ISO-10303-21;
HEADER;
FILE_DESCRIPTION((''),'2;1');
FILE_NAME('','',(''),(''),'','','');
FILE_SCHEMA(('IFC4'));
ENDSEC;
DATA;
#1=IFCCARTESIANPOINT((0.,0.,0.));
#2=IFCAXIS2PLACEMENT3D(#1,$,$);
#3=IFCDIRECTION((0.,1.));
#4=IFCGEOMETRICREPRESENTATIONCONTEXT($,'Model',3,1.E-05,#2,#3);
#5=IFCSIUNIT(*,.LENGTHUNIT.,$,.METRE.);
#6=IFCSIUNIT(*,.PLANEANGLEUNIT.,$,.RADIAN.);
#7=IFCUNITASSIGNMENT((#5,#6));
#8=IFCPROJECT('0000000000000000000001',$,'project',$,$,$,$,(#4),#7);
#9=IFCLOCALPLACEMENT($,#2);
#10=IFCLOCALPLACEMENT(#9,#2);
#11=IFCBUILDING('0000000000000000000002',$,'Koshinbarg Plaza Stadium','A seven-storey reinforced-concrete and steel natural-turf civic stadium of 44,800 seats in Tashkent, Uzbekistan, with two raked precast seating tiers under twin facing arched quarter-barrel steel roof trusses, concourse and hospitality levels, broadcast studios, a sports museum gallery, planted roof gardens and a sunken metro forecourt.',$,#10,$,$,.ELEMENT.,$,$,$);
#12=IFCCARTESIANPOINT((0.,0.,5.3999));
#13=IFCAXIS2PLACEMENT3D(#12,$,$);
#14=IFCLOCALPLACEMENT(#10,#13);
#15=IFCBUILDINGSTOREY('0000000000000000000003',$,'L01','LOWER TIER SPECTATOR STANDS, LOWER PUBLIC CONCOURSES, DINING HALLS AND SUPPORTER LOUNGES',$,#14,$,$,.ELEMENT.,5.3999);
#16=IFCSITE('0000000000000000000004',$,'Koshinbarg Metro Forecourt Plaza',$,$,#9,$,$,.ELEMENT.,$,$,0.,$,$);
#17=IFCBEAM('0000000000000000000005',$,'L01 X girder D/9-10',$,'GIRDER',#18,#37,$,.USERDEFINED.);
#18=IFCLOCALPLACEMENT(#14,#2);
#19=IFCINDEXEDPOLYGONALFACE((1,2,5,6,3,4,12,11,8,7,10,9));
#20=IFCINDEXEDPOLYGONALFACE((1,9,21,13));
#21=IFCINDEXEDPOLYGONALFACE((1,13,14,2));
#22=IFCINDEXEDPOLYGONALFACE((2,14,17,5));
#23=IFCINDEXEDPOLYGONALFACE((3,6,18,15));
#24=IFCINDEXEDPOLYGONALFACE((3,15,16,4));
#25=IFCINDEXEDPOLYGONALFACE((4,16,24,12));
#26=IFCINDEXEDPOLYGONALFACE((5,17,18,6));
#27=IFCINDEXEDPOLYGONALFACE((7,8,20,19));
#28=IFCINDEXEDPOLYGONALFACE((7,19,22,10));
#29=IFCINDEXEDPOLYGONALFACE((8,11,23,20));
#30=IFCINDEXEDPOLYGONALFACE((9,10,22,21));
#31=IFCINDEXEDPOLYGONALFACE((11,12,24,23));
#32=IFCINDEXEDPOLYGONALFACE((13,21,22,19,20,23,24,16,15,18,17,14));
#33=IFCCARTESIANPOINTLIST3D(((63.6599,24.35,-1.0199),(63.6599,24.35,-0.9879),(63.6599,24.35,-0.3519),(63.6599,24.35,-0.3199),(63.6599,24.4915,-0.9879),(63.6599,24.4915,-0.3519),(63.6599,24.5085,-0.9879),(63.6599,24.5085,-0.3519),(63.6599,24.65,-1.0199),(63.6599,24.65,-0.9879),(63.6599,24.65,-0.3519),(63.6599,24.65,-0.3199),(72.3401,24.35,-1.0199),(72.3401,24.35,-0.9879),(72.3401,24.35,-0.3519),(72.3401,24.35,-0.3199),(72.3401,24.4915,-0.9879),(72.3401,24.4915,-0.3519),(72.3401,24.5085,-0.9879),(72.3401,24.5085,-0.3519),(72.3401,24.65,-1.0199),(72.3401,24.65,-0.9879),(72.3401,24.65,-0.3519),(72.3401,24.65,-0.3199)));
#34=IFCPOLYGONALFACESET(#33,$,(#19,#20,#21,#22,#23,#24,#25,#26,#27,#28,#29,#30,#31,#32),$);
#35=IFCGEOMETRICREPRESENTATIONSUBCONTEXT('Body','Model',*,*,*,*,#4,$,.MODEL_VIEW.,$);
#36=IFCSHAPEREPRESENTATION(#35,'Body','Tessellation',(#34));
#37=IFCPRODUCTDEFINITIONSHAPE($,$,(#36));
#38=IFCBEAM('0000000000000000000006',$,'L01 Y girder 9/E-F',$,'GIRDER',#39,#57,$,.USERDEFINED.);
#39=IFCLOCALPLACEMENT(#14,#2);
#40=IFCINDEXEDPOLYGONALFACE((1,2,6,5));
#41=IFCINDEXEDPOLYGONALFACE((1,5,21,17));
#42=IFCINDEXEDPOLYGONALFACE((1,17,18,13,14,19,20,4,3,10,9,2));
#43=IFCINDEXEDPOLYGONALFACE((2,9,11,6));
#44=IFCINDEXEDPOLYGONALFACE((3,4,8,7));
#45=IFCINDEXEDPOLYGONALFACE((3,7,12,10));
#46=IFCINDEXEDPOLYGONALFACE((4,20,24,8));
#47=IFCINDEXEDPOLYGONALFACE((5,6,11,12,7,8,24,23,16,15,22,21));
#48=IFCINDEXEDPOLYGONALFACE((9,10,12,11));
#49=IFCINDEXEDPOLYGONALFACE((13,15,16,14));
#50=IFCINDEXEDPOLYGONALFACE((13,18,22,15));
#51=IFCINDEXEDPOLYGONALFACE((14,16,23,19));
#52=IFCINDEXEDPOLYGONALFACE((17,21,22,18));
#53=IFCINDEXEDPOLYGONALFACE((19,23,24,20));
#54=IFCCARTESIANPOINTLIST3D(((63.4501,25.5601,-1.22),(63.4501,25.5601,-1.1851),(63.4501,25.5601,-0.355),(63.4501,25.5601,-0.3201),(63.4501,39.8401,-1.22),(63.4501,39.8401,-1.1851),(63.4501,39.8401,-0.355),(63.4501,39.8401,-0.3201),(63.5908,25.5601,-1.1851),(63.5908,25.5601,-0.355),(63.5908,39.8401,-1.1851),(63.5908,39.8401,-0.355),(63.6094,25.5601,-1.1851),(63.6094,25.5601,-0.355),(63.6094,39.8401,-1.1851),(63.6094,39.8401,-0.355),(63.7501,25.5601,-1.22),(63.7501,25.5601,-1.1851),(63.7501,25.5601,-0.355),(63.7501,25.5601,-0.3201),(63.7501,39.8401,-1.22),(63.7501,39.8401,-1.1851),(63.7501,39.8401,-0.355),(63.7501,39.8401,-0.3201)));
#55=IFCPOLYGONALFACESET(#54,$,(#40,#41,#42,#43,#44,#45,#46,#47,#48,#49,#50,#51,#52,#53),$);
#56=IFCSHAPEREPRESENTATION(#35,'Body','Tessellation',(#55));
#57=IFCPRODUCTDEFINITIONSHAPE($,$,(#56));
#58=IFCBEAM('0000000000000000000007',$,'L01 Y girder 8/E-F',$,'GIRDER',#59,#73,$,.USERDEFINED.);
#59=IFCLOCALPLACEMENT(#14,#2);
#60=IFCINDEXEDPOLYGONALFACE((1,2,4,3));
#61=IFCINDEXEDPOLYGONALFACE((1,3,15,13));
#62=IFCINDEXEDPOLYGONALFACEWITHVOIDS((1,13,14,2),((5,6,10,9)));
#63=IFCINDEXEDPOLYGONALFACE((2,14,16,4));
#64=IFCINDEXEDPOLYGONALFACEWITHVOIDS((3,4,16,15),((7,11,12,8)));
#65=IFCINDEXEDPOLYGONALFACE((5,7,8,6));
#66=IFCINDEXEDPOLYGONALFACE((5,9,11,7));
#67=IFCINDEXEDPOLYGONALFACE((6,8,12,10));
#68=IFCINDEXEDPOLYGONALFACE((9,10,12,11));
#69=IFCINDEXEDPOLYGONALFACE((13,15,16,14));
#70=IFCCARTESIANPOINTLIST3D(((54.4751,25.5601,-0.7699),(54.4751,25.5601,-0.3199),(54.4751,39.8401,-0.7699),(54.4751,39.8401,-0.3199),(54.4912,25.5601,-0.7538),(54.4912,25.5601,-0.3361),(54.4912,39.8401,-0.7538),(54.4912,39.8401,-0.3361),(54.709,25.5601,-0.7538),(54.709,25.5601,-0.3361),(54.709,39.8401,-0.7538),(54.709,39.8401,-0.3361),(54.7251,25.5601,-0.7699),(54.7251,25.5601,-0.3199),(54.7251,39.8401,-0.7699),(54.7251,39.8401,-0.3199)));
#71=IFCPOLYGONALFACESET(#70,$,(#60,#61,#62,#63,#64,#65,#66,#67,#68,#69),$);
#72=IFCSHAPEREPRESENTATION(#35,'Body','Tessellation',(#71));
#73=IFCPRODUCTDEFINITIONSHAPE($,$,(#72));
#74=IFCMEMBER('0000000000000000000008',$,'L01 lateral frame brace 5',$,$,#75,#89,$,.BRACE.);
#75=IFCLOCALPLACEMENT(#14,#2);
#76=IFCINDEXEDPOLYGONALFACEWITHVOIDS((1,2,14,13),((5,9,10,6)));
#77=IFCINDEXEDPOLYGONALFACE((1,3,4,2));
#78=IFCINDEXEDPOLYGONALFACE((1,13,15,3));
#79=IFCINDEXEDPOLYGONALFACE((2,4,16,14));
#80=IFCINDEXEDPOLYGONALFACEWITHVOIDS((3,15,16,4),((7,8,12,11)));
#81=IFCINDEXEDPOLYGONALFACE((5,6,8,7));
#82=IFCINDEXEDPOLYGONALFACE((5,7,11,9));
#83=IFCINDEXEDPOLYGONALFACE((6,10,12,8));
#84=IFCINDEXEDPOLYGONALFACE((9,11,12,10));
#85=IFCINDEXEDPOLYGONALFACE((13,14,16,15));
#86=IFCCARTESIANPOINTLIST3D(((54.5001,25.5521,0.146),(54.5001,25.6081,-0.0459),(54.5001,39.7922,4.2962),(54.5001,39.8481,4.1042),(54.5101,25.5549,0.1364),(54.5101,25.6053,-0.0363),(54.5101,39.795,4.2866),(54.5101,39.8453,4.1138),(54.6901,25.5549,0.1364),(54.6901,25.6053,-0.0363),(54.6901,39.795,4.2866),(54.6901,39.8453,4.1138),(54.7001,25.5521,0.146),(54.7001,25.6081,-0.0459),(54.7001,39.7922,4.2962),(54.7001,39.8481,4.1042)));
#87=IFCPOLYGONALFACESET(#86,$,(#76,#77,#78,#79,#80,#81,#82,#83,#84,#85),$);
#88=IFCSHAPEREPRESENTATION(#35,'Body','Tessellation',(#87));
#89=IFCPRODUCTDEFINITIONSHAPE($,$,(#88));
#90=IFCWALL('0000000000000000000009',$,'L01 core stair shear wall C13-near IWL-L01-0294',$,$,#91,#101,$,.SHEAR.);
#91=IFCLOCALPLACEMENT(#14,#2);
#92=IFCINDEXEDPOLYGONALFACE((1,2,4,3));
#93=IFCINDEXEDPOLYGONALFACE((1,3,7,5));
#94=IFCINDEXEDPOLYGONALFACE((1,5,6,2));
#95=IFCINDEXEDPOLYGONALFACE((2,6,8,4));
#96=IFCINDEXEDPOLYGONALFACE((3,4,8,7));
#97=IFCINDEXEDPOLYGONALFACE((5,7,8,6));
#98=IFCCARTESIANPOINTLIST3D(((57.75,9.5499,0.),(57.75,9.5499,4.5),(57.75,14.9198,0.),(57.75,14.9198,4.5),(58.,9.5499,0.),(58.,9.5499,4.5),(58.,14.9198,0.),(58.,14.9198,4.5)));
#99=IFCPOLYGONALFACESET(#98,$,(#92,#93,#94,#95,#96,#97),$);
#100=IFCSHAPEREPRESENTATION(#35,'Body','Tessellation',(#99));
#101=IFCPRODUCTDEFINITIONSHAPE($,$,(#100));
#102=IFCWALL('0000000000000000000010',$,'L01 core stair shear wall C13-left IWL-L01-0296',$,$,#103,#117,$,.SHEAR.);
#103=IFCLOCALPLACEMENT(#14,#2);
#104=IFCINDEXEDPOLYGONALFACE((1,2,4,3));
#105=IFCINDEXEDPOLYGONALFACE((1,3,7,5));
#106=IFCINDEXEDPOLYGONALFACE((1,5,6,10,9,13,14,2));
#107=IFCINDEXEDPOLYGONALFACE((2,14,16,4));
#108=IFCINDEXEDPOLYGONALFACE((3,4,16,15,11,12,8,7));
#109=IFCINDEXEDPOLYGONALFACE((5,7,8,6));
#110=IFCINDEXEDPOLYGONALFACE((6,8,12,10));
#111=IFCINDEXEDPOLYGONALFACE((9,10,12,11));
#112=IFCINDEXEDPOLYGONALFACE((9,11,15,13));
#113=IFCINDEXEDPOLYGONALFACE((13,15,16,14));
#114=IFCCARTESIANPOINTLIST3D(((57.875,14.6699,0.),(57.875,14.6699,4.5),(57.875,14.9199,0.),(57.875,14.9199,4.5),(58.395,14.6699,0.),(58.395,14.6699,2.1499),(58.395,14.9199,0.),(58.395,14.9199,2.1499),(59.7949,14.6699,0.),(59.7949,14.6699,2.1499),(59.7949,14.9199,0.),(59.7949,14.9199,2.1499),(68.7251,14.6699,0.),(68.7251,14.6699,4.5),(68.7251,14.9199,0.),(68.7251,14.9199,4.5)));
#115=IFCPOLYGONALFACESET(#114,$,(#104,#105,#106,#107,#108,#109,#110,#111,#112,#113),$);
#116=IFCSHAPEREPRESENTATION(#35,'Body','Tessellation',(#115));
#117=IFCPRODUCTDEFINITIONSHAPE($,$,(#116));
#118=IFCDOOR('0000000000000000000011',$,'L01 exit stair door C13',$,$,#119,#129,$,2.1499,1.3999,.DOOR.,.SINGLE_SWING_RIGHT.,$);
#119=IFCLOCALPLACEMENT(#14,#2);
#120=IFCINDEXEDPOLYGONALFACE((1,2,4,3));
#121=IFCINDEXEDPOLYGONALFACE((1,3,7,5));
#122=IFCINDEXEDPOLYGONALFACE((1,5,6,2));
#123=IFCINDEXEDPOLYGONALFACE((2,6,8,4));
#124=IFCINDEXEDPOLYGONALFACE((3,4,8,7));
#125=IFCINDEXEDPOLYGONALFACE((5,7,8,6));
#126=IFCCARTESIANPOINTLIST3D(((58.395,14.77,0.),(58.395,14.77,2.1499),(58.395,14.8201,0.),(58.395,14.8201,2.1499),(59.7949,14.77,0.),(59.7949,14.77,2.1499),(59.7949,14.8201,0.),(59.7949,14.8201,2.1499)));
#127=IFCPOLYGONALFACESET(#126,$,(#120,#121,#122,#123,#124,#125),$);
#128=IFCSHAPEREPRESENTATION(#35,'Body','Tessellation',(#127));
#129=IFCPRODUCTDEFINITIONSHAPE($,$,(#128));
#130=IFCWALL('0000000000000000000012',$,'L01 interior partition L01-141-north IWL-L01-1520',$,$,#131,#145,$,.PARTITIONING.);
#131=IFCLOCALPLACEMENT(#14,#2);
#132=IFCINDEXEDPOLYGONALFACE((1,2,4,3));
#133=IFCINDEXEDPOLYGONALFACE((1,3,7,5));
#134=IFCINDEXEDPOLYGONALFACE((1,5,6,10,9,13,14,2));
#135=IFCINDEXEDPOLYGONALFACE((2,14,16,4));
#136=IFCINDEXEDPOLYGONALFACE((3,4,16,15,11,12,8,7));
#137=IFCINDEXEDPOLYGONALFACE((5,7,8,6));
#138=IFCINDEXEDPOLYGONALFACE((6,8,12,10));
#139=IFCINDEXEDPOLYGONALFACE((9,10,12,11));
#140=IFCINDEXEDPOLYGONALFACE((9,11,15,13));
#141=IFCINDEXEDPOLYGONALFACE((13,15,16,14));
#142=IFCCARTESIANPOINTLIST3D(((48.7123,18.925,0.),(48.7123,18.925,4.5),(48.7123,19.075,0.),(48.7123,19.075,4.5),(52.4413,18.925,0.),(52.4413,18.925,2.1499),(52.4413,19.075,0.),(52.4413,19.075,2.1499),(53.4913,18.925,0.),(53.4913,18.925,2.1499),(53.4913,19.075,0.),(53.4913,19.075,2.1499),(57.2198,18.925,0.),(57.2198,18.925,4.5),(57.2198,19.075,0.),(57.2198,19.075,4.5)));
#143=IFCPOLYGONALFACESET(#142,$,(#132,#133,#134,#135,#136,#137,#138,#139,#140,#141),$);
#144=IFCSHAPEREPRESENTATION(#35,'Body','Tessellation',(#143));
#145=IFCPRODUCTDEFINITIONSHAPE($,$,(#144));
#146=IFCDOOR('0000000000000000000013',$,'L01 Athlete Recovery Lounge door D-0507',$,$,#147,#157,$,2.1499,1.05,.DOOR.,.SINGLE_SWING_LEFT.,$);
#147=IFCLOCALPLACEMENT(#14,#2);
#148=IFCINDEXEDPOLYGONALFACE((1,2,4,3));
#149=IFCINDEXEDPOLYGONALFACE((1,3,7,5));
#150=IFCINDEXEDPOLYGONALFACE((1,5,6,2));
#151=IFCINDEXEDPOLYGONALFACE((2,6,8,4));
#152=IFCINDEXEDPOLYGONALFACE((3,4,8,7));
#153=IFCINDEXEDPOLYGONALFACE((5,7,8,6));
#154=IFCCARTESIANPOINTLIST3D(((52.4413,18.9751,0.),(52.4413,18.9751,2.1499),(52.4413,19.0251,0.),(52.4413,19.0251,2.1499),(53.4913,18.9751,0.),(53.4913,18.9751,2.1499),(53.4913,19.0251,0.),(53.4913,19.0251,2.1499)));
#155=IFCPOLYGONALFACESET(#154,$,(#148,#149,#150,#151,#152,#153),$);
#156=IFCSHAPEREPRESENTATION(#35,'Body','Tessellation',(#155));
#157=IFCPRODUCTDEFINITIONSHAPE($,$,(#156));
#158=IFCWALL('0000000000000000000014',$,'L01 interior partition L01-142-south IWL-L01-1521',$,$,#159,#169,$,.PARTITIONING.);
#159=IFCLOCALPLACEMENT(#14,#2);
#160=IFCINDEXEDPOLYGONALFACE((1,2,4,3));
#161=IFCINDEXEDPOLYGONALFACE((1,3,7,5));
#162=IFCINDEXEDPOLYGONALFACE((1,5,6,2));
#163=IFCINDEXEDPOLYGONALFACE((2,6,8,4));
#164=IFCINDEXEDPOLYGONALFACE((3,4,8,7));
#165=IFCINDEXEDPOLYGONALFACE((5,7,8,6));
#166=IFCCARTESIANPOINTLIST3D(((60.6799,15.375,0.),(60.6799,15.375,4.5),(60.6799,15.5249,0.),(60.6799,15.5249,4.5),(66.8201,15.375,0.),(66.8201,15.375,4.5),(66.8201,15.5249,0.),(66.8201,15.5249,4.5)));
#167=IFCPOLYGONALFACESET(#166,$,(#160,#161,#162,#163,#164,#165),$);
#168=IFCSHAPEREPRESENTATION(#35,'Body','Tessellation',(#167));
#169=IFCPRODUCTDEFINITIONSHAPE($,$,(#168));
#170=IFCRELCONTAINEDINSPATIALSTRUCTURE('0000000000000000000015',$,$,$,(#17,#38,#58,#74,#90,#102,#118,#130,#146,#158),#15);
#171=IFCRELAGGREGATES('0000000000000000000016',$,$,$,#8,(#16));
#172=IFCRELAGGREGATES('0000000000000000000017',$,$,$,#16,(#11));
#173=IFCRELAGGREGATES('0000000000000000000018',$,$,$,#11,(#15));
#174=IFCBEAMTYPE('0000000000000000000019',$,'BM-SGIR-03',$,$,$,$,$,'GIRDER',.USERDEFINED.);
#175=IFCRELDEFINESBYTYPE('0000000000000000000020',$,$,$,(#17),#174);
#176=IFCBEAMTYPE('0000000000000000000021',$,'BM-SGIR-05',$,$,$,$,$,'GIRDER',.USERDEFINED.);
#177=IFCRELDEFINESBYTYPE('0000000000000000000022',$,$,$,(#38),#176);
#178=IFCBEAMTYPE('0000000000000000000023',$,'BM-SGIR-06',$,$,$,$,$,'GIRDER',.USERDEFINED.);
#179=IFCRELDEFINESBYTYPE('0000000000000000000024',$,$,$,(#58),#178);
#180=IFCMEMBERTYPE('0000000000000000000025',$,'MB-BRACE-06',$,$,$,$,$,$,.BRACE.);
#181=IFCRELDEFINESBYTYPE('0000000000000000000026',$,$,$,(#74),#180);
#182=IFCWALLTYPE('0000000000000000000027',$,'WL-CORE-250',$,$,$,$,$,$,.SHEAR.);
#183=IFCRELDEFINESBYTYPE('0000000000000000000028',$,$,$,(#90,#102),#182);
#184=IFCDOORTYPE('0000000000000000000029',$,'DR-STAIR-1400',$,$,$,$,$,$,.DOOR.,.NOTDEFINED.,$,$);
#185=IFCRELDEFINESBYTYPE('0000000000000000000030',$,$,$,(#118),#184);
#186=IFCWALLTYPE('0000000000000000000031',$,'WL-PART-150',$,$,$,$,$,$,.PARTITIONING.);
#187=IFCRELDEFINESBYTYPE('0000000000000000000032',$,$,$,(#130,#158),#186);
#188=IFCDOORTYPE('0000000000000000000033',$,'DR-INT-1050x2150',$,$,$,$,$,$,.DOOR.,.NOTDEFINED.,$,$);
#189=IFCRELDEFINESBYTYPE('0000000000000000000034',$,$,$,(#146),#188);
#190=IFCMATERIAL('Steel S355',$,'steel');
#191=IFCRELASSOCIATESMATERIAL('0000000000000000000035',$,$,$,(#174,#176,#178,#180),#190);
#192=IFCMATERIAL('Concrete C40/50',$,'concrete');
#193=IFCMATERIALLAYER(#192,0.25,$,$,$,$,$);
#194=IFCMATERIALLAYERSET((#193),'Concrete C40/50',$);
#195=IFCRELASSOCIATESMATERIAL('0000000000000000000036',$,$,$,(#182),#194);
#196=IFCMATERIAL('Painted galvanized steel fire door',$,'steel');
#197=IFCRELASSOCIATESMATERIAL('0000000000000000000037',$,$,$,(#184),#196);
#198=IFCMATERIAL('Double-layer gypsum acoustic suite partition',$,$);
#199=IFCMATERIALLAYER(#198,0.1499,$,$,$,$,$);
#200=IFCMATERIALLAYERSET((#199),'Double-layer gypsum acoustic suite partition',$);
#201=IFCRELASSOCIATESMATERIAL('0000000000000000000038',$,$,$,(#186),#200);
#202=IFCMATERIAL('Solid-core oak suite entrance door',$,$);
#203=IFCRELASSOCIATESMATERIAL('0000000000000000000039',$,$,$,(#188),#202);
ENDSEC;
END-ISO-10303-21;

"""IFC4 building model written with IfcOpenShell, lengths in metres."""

from ifc_helpers import new_model, si_unit, direction, frame, frame_2d, origin, origin_2d, place, context, subcontext, project, spatial, rectangle, hollow_rectangle, i_section, extrude, material, layer, layer_set, material_profile, profile_set, type_object, element, fill, save


model = new_model("IFC4")

# Units and contexts
model_context = context("Model", 3, precision=1e-05, world=origin(), true_north=direction((0.0, 1.0)))
body_context = subcontext(model_context, "Body", "Model", "MODEL_VIEW")
ifc_project = project(units=[si_unit("LENGTHUNIT", "METRE"), si_unit("PLANEANGLEUNIT", "RADIAN")], contexts=[model_context])

# Site, building, storey
site_placement = place(None, origin())
site = spatial("IfcSite", under=ifc_project, at=site_placement, Name="Koshinbarg Metro Forecourt Plaza", CompositionType="ELEMENT", RefElevation=0.0)
building_placement = place(site_placement, origin())
building = spatial("IfcBuilding", under=site, at=building_placement, Name="Koshinbarg Plaza Stadium", Description="A seven-storey reinforced-concrete and steel natural-turf civic stadium of 44,800 seats in Tashkent, Uzbekistan, with two raked precast seating tiers under twin facing arched quarter-barrel steel roof trusses, concourse and hospitality levels, broadcast studios, a sports museum gallery, planted roof gardens and a sunken metro forecourt.", CompositionType="ELEMENT")
storey_placement = place(building_placement, frame((0.0, 0.0, 5.3999)))
storey = spatial("IfcBuildingStorey", under=building, at=storey_placement, Name="L01", Description="LOWER TIER SPECTATOR STANDS, LOWER PUBLIC CONCOURSES, DINING HALLS AND SUPPORTER LOUNGES", CompositionType="ELEMENT", Elevation=5.3999)

# Shared definitions
ifc_material_1 = material(Name="Concrete C40/50", Category="concrete")

# Beams
ifc_material_2 = material(Name="Steel S355", Category="steel")
ifc_material_profile_1 = material_profile(ifc_material_2, i_section(OverallWidth=0.3, OverallDepth=0.7, WebThickness=0.0171, FlangeThickness=0.032, at=origin_2d()), Name="HEB 700")
ifc_profile_set_1 = profile_set([ifc_material_profile_1], Name="Steel S355")
beam_type_1 = type_object("IfcBeamType", Name="BM-SGIR-03", ElementType="GIRDER", PredefinedType="USERDEFINED", material=ifc_profile_set_1)
for number, where, z_axis, x_axis, name in (
    (1, (63.6599, 24.5, -0.6699), (1.0, 0.0, 0.0), (0.0, 1.0, 0.0), "L01 X girder D/9-10"),
):
    element("IfcBeam", number, at=place(storey_placement, frame(where, z_axis=z_axis, x_axis=x_axis)), inside=storey, type_object=beam_type_1, Name=name, ObjectType="GIRDER", PredefinedType="USERDEFINED", context=body_context, shape_type="SweptSolid", body=[
        extrude(i_section(OverallWidth=0.3, OverallDepth=0.7, WebThickness=0.0171, FlangeThickness=0.032, at=origin_2d()), origin(), (0.0, 0.0, 1.0), 8.6802),
    ])
ifc_material_profile_2 = material_profile(ifc_material_2, i_section(OverallWidth=0.3, OverallDepth=0.8999, WebThickness=0.0186, FlangeThickness=0.0349, at=origin_2d()), Name="HEB 900")
ifc_profile_set_2 = profile_set([ifc_material_profile_2], Name="Steel S355")
beam_type_2 = type_object("IfcBeamType", Name="BM-SGIR-05", ElementType="GIRDER", PredefinedType="USERDEFINED", material=ifc_profile_set_2)
beam_1_placement = place(storey_placement, frame((63.6001, 25.5601, -0.77), z_axis=(0.0, 1.0, 0.0), x_axis=(-1.0, 0.0, 0.0)))
element("IfcBeam", 2, at=beam_1_placement, inside=storey, type_object=beam_type_2, Name="L01 Y girder 9/E-F", ObjectType="GIRDER", PredefinedType="USERDEFINED", context=body_context, shape_type="SweptSolid", body=[
    extrude(i_section(OverallWidth=0.3, OverallDepth=0.8999, WebThickness=0.0186, FlangeThickness=0.0349, at=origin_2d()), origin(), (0.0, 0.0, 1.0), 14.28),
])
ifc_material_profile_3 = material_profile(ifc_material_2, hollow_rectangle(XDim=0.25, YDim=0.45, WallThickness=0.0161, at=origin_2d()), Name="RHS 450x250x16")
ifc_profile_set_3 = profile_set([ifc_material_profile_3], Name="Steel S355")
beam_type_3 = type_object("IfcBeamType", Name="BM-SGIR-06", ElementType="GIRDER", PredefinedType="USERDEFINED", material=ifc_profile_set_3)
beam_2_placement = place(storey_placement, frame((54.6001, 25.5601, -0.5449), z_axis=(0.0, 1.0, 0.0), x_axis=(-1.0, 0.0, 0.0)))
element("IfcBeam", 3, at=beam_2_placement, inside=storey, type_object=beam_type_3, Name="L01 Y girder 8/E-F", ObjectType="GIRDER", PredefinedType="USERDEFINED", context=body_context, shape_type="SweptSolid", body=[
    extrude(hollow_rectangle(XDim=0.25, YDim=0.45, WallThickness=0.0161, at=origin_2d()), origin(), (0.0, 0.0, 1.0), 14.28),
])

# Member
ifc_material_profile_4 = material_profile(ifc_material_2, hollow_rectangle(XDim=0.2, YDim=0.2, WallThickness=0.01, at=origin_2d()), Name="SHS 200x200x10")
ifc_profile_set_4 = profile_set([ifc_material_profile_4], Name="Steel S355")
member_type = type_object("IfcMemberType", Name="MB-BRACE-06", PredefinedType="BRACE", material=ifc_profile_set_4)
member_placement = place(storey_placement, frame((54.6001, 25.5801, 0.05), z_axis=(0.0, 0.960058, 0.279802), x_axis=(-1.0, 0.0, 0.0)))
element("IfcMember", 4, at=member_placement, inside=storey, type_object=member_type, Name="L01 lateral frame brace 5", PredefinedType="BRACE", context=body_context, shape_type="SweptSolid", body=[
    extrude(hollow_rectangle(XDim=0.2, YDim=0.2, WallThickness=0.01, at=origin_2d()), origin(), (0.0, 0.0, 1.0), 14.8325),
])

# Wall
ifc_layer_1 = layer(ifc_material_1, 0.25)
ifc_layer_set_1 = layer_set([ifc_layer_1], Name="Concrete C40/50")
wall_type_1 = type_object("IfcWallType", Name="WL-CORE-250", PredefinedType="SHEAR", material=ifc_layer_set_1)
wall_1_placement = place(storey_placement, frame((57.875, 14.9199, 0.0), z_axis=(0.0, 0.0, 1.0), x_axis=(0.0, -1.0, 0.0)))
element("IfcWall", 5, at=wall_1_placement, inside=storey, type_object=wall_type_1, Name="L01 core stair shear wall C13-near IWL-L01-0294", PredefinedType="SHEAR", context=body_context, shape_type="SweptSolid", body=[
    extrude(rectangle(XDim=5.3699, YDim=0.25, at=frame_2d((2.6851, 0.0))), origin(), (0.0, 0.0, 1.0), 4.5),
])

# Walls, openings, doors
wall_2_placement = place(storey_placement, frame((57.875, 14.7949, 0.0), z_axis=(0.0, 0.0, 1.0), x_axis=(1.0, 0.0, 0.0)))
wall_2 = element("IfcWall", 6, at=wall_2_placement, inside=storey, type_object=wall_type_1, Name="L01 core stair shear wall C13-left IWL-L01-0296", PredefinedType="SHEAR", context=body_context, shape_type="SweptSolid", body=[
    extrude(rectangle(XDim=10.8501, YDim=0.25, at=frame_2d((5.425, 0.0))), origin(), (0.0, 0.0, 1.0), 4.5),
])
opening_1_placement = place(wall_2_placement, frame((0.52, 0.0, 0.0)))
opening_1 = element("IfcOpeningElement", 7, at=opening_1_placement, cuts=wall_2, PredefinedType="OPENING", context=body_context, shape_type="SweptSolid", body=[
    extrude(rectangle(XDim=1.3999, YDim=2.1499, at=frame_2d((0.7, 1.075))), frame((0.0, 0.135, 0.0), z_axis=(0.0, -1.0, 0.0), x_axis=(1.0, 0.0, 0.0)), (0.0, 0.0, 1.0), 0.27),
])
ifc_material_3 = material(Name="Painted galvanized steel fire door", Category="steel")
door_type_1 = type_object("IfcDoorType", Name="DR-STAIR-1400", OperationType="NOTDEFINED", PredefinedType="DOOR", material=ifc_material_3)
door_1_placement = place(opening_1_placement, frame((1.3999, 0.0, 0.0), z_axis=(0.0, 0.0, 1.0), x_axis=(-1.0, 0.0, 0.0)))
door_1 = element("IfcDoor", 8, at=door_1_placement, inside=storey, type_object=door_type_1, Name="L01 exit stair door C13", OperationType="SINGLE_SWING_RIGHT", OverallHeight=2.1499, OverallWidth=1.3999, PredefinedType="DOOR", context=body_context, shape_type="SweptSolid", body=[
    extrude(rectangle(XDim=1.3999, YDim=2.1499, at=frame_2d((0.7, 1.075))), frame((0.0, 0.0249, 0.0), z_axis=(0.0, -1.0, 0.0), x_axis=(1.0, 0.0, 0.0)), (0.0, 0.0, 1.0), 0.05),
])
fill(opening_1, door_1)
ifc_material_4 = material(Name="Double-layer gypsum acoustic suite partition")
ifc_layer_2 = layer(ifc_material_4, 0.1499)
ifc_layer_set_2 = layer_set([ifc_layer_2], Name="Double-layer gypsum acoustic suite partition")
wall_type_2 = type_object("IfcWallType", Name="WL-PART-150", PredefinedType="PARTITIONING", material=ifc_layer_set_2)
wall_3_placement = place(storey_placement, frame((57.22, 19.0, 0.0), z_axis=(0.0, 0.0, 1.0), x_axis=(-1.0, 0.0, 0.0)))
wall_3 = element("IfcWall", 9, at=wall_3_placement, inside=storey, type_object=wall_type_2, Name="L01 interior partition L01-141-north IWL-L01-1520", PredefinedType="PARTITIONING", context=body_context, shape_type="SweptSolid", body=[
    extrude(rectangle(XDim=8.5076, YDim=0.1499, at=frame_2d((4.2539, 0.0))), origin(), (0.0, 0.0, 1.0), 4.5),
])
opening_2_placement = place(wall_3_placement, frame((3.7288, 0.0, 0.0)))
opening_2 = element("IfcOpeningElement", 10, at=opening_2_placement, cuts=wall_3, PredefinedType="OPENING", context=body_context, shape_type="SweptSolid", body=[
    extrude(rectangle(XDim=1.05, YDim=2.1499, at=frame_2d((0.5249, 1.075))), frame((0.0, 0.085, 0.0), z_axis=(0.0, -1.0, 0.0), x_axis=(1.0, 0.0, 0.0)), (0.0, 0.0, 1.0), 0.1699),
])
ifc_material_5 = material(Name="Solid-core oak suite entrance door")
door_type_2 = type_object("IfcDoorType", Name="DR-INT-1050x2150", OperationType="NOTDEFINED", PredefinedType="DOOR", material=ifc_material_5)
door_2_placement = place(opening_2_placement, origin())
door_2 = element("IfcDoor", 11, at=door_2_placement, inside=storey, type_object=door_type_2, Name="L01 Athlete Recovery Lounge door D-0507", OperationType="SINGLE_SWING_LEFT", OverallHeight=2.1499, OverallWidth=1.05, PredefinedType="DOOR", context=body_context, shape_type="SweptSolid", body=[
    extrude(rectangle(XDim=1.05, YDim=2.1499, at=frame_2d((0.5249, 1.075))), frame((0.0, 0.0249, 0.0), z_axis=(0.0, -1.0, 0.0), x_axis=(1.0, 0.0, 0.0)), (0.0, 0.0, 1.0), 0.05),
])
fill(opening_2, door_2)

# Wall
wall_4_placement = place(storey_placement, frame((60.6799, 15.45, 0.0), z_axis=(0.0, 0.0, 1.0), x_axis=(1.0, 0.0, 0.0)))
element("IfcWall", 12, at=wall_4_placement, inside=storey, type_object=wall_type_2, Name="L01 interior partition L01-142-south IWL-L01-1521", PredefinedType="PARTITIONING", context=body_context, shape_type="SweptSolid", body=[
    extrude(rectangle(XDim=6.1401, YDim=0.1499, at=frame_2d((3.0701, 0.0))), origin(), (0.0, 0.0, 1.0), 4.5),
])

save(model, "model.ifc")
